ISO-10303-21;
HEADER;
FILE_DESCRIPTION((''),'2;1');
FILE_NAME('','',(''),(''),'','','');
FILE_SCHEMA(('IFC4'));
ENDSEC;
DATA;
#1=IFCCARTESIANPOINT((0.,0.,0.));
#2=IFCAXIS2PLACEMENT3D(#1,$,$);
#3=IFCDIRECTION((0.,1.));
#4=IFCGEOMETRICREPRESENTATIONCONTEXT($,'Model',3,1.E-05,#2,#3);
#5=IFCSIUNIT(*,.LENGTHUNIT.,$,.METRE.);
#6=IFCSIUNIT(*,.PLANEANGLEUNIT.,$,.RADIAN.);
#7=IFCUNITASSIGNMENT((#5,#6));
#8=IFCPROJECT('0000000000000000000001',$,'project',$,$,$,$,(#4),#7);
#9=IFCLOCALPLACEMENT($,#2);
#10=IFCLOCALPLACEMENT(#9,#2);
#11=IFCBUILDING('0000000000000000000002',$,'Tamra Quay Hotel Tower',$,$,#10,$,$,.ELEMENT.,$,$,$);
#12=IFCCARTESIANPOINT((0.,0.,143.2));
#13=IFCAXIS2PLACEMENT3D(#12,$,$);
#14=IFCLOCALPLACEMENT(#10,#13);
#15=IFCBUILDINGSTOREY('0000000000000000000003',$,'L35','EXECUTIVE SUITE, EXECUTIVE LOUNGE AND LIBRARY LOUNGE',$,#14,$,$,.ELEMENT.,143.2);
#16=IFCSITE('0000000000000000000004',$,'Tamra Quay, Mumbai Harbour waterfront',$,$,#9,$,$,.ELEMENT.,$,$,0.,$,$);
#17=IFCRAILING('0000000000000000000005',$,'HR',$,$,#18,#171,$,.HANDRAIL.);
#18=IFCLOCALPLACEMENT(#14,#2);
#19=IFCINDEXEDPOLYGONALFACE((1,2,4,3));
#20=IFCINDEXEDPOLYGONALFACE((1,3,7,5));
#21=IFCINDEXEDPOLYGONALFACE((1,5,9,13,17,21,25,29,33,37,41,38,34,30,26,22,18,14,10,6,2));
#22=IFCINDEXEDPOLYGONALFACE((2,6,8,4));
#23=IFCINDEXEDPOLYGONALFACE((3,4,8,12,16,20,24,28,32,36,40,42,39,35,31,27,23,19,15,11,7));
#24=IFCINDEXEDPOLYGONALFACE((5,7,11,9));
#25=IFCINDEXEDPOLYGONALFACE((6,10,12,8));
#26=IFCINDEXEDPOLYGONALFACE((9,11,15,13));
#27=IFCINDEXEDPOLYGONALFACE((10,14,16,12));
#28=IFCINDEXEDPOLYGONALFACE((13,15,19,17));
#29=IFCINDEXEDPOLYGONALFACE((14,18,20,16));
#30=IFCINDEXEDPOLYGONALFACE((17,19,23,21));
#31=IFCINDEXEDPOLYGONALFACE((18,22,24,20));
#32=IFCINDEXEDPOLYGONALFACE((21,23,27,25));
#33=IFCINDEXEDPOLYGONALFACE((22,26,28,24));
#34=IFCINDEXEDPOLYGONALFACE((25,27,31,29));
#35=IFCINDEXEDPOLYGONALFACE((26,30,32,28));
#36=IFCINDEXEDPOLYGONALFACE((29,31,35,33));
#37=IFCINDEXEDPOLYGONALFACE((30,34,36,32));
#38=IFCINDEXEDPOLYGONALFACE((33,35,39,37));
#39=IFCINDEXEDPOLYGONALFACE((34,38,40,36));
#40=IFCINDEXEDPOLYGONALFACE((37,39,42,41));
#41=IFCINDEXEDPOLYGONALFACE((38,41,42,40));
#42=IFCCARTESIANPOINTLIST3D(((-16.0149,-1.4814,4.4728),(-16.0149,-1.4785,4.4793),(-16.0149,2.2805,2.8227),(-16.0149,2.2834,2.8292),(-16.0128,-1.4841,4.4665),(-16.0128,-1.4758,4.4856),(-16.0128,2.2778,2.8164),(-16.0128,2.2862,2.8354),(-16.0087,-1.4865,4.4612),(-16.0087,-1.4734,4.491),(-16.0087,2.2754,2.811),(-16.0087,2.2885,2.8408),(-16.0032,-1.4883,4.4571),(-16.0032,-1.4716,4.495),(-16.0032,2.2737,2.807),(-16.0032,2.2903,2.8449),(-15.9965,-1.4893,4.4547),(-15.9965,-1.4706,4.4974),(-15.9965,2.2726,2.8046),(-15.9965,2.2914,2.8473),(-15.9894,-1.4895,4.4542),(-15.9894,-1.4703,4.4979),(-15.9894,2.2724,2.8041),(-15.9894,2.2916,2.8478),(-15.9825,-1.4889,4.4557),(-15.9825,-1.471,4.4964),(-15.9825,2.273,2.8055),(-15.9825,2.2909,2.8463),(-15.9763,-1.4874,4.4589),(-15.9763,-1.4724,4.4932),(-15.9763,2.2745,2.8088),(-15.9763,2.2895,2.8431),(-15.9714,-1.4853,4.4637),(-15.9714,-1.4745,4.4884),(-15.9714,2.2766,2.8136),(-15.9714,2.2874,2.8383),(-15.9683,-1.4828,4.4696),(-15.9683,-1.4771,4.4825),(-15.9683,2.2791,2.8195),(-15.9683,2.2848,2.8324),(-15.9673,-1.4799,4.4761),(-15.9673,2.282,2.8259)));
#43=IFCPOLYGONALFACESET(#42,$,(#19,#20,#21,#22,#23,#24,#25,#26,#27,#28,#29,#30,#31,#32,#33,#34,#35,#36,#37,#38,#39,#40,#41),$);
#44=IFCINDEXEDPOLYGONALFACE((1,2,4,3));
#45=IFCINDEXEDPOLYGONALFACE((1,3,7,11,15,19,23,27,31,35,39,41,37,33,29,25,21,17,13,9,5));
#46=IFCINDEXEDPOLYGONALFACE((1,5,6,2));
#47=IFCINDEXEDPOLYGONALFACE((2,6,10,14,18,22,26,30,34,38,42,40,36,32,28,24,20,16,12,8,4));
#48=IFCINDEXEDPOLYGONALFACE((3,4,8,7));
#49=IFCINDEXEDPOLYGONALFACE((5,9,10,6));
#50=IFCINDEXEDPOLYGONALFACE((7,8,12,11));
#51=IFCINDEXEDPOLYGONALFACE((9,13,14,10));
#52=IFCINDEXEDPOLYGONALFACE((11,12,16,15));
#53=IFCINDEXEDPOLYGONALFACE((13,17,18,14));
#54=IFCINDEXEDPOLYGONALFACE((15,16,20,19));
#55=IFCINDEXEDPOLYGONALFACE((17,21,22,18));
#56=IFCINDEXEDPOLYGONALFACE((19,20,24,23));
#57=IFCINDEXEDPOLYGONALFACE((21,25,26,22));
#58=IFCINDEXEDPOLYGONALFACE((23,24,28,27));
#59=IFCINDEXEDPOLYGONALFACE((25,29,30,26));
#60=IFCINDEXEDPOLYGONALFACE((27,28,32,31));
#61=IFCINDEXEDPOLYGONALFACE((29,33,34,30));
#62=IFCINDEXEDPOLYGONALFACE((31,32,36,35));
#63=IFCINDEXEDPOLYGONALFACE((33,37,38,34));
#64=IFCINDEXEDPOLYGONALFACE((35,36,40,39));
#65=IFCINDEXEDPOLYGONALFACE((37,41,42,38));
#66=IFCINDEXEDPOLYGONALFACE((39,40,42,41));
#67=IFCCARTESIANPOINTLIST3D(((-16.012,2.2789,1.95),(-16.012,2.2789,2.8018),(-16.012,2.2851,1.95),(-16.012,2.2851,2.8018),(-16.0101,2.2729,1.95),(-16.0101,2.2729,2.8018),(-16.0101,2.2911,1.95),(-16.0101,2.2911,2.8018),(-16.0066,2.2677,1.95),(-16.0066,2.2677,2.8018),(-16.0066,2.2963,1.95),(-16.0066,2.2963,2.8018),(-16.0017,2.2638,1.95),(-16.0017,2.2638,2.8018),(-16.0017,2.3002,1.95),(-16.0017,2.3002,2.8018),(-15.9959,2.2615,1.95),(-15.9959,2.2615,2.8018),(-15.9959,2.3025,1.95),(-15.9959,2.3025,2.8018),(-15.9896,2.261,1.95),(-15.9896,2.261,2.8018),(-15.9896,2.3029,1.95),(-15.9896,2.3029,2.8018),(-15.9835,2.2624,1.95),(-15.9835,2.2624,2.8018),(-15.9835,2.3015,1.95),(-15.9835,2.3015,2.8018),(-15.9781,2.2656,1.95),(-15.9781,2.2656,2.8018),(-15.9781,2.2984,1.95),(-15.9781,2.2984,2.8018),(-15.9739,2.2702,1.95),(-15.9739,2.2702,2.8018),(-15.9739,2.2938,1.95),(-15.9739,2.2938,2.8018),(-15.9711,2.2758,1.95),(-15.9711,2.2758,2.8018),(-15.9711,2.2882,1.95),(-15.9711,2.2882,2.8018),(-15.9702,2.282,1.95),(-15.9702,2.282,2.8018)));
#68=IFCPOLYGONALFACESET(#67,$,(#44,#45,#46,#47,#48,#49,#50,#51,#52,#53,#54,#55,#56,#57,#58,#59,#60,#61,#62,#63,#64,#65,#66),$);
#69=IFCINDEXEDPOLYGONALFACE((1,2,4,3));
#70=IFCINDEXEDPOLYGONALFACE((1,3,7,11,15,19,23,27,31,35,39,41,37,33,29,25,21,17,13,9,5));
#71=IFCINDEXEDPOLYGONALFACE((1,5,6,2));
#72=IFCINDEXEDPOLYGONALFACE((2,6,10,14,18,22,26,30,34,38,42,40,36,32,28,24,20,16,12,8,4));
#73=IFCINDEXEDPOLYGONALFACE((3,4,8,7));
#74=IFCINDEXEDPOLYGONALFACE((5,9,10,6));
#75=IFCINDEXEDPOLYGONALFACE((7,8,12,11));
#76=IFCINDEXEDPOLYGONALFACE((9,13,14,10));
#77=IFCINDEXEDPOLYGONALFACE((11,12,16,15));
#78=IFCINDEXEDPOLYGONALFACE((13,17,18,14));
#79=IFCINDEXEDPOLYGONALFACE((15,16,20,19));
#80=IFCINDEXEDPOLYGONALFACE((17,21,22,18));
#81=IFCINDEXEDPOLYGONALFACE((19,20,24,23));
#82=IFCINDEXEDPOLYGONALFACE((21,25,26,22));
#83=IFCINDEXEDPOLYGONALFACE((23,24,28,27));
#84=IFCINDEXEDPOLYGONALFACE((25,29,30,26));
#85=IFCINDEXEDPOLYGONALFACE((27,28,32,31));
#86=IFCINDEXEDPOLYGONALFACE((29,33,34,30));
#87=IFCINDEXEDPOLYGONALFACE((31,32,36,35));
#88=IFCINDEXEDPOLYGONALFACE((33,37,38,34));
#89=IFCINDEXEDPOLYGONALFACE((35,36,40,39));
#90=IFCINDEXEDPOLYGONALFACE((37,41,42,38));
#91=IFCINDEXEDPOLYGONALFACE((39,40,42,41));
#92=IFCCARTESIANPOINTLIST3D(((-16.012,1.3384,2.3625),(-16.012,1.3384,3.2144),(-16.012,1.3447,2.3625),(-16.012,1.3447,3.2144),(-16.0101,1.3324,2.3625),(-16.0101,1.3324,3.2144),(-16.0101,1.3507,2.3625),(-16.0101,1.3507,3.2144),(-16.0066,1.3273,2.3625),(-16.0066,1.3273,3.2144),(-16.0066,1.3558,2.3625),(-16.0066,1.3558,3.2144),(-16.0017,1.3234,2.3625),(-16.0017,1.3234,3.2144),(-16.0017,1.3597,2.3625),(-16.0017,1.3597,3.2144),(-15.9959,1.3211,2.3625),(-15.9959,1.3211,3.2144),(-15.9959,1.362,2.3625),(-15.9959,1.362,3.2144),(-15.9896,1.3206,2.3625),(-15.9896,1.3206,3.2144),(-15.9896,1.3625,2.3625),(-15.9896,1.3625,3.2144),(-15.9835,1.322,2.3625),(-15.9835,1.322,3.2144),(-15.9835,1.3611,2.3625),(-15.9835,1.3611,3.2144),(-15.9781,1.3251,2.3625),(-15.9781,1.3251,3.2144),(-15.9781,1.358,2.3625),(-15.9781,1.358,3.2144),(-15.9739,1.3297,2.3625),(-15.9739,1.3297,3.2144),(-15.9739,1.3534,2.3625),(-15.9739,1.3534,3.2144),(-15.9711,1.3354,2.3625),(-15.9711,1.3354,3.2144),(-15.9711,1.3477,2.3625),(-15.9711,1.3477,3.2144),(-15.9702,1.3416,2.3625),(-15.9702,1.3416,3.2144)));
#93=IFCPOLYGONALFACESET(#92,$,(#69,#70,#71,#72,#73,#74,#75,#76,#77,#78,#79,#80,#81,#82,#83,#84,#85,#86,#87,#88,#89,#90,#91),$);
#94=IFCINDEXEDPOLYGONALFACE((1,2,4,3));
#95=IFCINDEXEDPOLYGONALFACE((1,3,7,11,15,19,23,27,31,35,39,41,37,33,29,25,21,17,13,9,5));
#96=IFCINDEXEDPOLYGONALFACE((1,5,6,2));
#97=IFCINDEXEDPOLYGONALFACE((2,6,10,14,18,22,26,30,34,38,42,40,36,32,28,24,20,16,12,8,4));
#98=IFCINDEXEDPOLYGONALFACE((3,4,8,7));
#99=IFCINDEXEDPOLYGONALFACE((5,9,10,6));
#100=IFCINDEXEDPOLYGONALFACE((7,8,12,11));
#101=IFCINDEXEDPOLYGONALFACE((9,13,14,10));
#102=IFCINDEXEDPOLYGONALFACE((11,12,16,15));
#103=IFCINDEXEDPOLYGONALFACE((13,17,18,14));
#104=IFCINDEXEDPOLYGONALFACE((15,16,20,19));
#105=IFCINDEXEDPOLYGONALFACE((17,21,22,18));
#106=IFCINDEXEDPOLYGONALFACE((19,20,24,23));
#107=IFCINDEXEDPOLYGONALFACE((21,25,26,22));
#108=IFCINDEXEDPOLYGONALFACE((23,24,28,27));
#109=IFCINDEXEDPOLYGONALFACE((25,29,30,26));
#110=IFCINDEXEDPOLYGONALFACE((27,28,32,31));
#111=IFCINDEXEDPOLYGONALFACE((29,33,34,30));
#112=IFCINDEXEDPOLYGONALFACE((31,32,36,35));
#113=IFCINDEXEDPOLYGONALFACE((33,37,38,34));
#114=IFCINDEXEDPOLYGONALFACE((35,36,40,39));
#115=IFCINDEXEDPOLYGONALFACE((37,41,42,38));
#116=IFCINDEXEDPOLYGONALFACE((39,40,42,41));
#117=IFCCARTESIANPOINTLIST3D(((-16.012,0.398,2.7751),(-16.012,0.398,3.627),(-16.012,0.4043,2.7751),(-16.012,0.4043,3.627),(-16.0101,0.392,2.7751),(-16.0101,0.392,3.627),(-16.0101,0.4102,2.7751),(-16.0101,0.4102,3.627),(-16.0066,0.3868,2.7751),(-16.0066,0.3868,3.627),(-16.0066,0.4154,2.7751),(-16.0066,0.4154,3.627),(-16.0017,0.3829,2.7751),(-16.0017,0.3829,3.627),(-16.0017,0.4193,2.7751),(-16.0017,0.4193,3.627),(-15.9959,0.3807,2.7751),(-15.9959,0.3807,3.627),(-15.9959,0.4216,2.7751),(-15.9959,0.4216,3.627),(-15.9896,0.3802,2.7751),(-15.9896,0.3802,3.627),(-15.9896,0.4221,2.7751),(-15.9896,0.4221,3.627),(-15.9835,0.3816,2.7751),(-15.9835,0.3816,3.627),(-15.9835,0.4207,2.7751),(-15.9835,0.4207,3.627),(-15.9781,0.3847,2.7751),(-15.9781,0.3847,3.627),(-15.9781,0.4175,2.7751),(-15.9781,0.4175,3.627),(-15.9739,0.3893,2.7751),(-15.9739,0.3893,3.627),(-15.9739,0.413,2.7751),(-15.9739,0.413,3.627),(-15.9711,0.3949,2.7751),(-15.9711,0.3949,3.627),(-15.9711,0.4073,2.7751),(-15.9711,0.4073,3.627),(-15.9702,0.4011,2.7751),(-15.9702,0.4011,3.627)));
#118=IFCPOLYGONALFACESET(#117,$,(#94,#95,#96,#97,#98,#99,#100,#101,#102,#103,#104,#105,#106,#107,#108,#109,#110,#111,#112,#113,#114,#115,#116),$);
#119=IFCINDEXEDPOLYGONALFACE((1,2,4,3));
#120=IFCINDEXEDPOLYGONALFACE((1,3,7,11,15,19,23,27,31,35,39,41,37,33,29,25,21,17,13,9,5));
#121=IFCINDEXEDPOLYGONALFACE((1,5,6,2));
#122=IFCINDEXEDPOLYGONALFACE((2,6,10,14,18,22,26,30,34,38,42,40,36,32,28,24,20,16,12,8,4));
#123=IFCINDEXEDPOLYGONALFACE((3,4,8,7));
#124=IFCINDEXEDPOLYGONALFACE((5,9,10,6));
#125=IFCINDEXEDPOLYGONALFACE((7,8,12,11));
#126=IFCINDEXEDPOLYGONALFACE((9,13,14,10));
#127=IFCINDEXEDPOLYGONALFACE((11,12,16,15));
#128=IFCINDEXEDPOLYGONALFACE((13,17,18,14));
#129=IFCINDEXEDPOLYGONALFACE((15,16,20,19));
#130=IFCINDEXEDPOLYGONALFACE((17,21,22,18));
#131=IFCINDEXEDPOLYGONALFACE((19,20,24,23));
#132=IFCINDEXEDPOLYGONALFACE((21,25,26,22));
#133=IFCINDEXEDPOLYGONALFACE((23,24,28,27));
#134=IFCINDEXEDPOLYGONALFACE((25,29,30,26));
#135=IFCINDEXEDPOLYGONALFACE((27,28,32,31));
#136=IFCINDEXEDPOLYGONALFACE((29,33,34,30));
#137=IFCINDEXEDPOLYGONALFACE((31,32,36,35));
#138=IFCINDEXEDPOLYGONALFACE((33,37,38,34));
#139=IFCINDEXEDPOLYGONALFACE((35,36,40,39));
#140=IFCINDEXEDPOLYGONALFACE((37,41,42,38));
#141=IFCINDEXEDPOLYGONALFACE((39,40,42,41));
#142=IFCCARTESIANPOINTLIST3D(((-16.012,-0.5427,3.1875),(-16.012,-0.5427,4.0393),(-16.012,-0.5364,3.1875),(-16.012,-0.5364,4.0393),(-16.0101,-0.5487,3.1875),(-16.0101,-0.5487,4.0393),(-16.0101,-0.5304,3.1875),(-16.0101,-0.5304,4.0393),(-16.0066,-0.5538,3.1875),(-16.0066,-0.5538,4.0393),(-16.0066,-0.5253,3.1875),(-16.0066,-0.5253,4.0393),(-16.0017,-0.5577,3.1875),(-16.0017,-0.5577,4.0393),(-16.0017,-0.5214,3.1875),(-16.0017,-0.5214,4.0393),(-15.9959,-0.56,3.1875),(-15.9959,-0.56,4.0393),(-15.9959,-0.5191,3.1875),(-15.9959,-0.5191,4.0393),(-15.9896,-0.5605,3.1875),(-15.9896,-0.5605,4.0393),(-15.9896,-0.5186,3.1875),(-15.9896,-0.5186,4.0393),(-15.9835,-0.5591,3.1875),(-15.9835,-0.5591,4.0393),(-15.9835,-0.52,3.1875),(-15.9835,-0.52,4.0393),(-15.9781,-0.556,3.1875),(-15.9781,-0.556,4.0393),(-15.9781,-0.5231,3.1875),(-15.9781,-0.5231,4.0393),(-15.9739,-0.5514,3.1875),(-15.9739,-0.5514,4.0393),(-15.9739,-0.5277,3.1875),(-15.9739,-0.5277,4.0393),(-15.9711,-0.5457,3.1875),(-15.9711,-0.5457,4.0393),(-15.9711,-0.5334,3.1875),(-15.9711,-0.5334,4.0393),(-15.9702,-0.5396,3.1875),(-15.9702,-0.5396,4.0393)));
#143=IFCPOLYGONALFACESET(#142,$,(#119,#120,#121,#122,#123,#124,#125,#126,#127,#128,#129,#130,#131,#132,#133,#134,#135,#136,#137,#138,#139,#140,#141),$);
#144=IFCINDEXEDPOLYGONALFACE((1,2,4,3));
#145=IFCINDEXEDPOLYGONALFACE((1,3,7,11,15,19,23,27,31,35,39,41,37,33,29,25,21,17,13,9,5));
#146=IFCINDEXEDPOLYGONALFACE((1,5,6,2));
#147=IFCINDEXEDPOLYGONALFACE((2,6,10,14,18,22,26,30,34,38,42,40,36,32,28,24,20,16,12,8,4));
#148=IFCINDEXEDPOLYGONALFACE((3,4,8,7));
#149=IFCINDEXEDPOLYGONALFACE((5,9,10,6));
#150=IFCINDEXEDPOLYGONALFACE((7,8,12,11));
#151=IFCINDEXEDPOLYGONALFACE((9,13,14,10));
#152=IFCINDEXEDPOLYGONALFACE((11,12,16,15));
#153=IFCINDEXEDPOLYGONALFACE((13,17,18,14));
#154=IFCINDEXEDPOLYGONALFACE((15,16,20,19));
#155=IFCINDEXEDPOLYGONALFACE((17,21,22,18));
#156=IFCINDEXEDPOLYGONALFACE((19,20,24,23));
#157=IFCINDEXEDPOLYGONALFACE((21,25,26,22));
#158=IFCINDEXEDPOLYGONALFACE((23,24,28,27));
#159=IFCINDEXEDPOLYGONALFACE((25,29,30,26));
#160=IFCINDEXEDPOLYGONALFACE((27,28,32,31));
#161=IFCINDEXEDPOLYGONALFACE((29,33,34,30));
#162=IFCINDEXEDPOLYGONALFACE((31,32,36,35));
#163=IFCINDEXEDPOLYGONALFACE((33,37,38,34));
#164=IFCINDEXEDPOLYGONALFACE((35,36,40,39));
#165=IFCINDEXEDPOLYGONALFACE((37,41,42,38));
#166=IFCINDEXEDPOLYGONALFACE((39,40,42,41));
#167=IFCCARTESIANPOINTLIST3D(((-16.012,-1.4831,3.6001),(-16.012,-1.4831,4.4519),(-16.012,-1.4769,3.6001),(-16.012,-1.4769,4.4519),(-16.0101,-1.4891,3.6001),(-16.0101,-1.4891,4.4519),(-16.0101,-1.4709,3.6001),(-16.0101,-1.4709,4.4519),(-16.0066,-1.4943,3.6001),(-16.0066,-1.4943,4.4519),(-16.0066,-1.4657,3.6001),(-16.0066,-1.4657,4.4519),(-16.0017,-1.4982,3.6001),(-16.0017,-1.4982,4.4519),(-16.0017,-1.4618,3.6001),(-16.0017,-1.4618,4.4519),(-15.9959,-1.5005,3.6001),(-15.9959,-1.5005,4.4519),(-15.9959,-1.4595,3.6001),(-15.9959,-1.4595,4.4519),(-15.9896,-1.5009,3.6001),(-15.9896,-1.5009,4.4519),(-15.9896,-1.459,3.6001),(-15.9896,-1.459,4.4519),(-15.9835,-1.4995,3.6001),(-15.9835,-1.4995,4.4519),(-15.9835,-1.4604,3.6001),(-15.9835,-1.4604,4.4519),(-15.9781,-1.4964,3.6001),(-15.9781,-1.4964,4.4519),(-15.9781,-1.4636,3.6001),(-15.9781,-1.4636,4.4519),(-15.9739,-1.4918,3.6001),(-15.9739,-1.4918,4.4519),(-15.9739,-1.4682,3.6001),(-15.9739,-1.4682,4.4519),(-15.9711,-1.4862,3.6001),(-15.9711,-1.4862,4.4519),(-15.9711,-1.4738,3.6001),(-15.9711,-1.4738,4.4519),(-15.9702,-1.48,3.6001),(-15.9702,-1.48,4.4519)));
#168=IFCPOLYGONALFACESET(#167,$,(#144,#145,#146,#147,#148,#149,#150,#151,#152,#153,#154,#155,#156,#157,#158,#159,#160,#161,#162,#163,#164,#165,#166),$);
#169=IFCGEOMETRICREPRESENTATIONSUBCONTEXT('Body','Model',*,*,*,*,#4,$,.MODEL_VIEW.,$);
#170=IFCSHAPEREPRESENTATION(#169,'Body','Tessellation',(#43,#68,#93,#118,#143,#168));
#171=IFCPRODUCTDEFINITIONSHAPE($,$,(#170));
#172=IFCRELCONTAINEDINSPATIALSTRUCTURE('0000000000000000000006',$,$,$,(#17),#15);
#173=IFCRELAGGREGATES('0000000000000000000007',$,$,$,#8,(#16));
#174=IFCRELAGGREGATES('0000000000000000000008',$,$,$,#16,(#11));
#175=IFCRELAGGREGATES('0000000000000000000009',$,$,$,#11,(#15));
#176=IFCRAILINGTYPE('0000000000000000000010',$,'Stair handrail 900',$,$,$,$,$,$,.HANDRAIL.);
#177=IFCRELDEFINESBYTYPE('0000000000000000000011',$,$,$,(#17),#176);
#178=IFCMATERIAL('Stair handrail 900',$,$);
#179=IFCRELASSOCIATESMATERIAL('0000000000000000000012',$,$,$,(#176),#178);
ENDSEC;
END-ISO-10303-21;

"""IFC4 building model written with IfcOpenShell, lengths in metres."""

from ifc_helpers import new_model, si_unit, direction, frame, origin, origin_2d, place, context, subcontext, project, spatial, circle, extrude, material, type_object, element, save


model = new_model("IFC4")

# Units and contexts
model_context = context("Model", 3, precision=1e-05, world=origin(), true_north=direction((0.0, 1.0)))
body_context = subcontext(model_context, "Body", "Model", "MODEL_VIEW")
ifc_project = project(units=[si_unit("LENGTHUNIT", "METRE"), si_unit("PLANEANGLEUNIT", "RADIAN")], contexts=[model_context])

# Site, building, storey
site_placement = place(None, origin())
site = spatial("IfcSite", under=ifc_project, at=site_placement, Name="Tamra Quay, Mumbai Harbour waterfront", CompositionType="ELEMENT", RefElevation=0.0)
building_placement = place(site_placement, origin())
building = spatial("IfcBuilding", under=site, at=building_placement, Name="Tamra Quay Hotel Tower", CompositionType="ELEMENT")
storey_placement = place(building_placement, frame((0.0, 0.0, 143.2)))
storey = spatial("IfcBuildingStorey", under=building, at=storey_placement, Name="L35", Description="EXECUTIVE SUITE, EXECUTIVE LOUNGE AND LIBRARY LOUNGE", CompositionType="ELEMENT", Elevation=143.2)

# Railing
ifc_material_1 = material(Name="Stair handrail 900")
railing_type = type_object("IfcRailingType", Name="Stair handrail 900", PredefinedType="HANDRAIL", material=ifc_material_1)
railing_placement = place(storey_placement, frame((-15.9912, 2.282, 1.95)))
element("IfcRailing", 1, at=railing_placement, inside=storey, type_object=railing_type, Name="HR", PredefinedType="HANDRAIL", context=body_context, shape_type="SweptSolid", body=[
    extrude(circle(Radius=0.0239, at=origin_2d()), frame((0.0, 0.0, 0.876), z_axis=(0.0, -0.915774, 0.401695), x_axis=(1.0, 0.0, 0.0)), (0.0, 0.0, 1.0), 4.1079),
    extrude(circle(Radius=0.021, at=origin_2d()), origin(), (0.0, 0.0, 1.0), 0.8518),
    extrude(circle(Radius=0.021, at=origin_2d()), frame((0.0, -0.9404, 0.4126)), (0.0, 0.0, 1.0), 0.8518),
    extrude(circle(Radius=0.021, at=origin_2d()), frame((0.0, -1.8809, 0.8252)), (0.0, 0.0, 1.0), 0.8518),
    extrude(circle(Radius=0.021, at=origin_2d()), frame((0.0, -2.8215, 1.2375)), (0.0, 0.0, 1.0), 0.8518),
    extrude(circle(Radius=0.021, at=origin_2d()), frame((0.0, -3.762, 1.6501)), (0.0, 0.0, 1.0), 0.8518),
])

save(model, "model.ifc")
